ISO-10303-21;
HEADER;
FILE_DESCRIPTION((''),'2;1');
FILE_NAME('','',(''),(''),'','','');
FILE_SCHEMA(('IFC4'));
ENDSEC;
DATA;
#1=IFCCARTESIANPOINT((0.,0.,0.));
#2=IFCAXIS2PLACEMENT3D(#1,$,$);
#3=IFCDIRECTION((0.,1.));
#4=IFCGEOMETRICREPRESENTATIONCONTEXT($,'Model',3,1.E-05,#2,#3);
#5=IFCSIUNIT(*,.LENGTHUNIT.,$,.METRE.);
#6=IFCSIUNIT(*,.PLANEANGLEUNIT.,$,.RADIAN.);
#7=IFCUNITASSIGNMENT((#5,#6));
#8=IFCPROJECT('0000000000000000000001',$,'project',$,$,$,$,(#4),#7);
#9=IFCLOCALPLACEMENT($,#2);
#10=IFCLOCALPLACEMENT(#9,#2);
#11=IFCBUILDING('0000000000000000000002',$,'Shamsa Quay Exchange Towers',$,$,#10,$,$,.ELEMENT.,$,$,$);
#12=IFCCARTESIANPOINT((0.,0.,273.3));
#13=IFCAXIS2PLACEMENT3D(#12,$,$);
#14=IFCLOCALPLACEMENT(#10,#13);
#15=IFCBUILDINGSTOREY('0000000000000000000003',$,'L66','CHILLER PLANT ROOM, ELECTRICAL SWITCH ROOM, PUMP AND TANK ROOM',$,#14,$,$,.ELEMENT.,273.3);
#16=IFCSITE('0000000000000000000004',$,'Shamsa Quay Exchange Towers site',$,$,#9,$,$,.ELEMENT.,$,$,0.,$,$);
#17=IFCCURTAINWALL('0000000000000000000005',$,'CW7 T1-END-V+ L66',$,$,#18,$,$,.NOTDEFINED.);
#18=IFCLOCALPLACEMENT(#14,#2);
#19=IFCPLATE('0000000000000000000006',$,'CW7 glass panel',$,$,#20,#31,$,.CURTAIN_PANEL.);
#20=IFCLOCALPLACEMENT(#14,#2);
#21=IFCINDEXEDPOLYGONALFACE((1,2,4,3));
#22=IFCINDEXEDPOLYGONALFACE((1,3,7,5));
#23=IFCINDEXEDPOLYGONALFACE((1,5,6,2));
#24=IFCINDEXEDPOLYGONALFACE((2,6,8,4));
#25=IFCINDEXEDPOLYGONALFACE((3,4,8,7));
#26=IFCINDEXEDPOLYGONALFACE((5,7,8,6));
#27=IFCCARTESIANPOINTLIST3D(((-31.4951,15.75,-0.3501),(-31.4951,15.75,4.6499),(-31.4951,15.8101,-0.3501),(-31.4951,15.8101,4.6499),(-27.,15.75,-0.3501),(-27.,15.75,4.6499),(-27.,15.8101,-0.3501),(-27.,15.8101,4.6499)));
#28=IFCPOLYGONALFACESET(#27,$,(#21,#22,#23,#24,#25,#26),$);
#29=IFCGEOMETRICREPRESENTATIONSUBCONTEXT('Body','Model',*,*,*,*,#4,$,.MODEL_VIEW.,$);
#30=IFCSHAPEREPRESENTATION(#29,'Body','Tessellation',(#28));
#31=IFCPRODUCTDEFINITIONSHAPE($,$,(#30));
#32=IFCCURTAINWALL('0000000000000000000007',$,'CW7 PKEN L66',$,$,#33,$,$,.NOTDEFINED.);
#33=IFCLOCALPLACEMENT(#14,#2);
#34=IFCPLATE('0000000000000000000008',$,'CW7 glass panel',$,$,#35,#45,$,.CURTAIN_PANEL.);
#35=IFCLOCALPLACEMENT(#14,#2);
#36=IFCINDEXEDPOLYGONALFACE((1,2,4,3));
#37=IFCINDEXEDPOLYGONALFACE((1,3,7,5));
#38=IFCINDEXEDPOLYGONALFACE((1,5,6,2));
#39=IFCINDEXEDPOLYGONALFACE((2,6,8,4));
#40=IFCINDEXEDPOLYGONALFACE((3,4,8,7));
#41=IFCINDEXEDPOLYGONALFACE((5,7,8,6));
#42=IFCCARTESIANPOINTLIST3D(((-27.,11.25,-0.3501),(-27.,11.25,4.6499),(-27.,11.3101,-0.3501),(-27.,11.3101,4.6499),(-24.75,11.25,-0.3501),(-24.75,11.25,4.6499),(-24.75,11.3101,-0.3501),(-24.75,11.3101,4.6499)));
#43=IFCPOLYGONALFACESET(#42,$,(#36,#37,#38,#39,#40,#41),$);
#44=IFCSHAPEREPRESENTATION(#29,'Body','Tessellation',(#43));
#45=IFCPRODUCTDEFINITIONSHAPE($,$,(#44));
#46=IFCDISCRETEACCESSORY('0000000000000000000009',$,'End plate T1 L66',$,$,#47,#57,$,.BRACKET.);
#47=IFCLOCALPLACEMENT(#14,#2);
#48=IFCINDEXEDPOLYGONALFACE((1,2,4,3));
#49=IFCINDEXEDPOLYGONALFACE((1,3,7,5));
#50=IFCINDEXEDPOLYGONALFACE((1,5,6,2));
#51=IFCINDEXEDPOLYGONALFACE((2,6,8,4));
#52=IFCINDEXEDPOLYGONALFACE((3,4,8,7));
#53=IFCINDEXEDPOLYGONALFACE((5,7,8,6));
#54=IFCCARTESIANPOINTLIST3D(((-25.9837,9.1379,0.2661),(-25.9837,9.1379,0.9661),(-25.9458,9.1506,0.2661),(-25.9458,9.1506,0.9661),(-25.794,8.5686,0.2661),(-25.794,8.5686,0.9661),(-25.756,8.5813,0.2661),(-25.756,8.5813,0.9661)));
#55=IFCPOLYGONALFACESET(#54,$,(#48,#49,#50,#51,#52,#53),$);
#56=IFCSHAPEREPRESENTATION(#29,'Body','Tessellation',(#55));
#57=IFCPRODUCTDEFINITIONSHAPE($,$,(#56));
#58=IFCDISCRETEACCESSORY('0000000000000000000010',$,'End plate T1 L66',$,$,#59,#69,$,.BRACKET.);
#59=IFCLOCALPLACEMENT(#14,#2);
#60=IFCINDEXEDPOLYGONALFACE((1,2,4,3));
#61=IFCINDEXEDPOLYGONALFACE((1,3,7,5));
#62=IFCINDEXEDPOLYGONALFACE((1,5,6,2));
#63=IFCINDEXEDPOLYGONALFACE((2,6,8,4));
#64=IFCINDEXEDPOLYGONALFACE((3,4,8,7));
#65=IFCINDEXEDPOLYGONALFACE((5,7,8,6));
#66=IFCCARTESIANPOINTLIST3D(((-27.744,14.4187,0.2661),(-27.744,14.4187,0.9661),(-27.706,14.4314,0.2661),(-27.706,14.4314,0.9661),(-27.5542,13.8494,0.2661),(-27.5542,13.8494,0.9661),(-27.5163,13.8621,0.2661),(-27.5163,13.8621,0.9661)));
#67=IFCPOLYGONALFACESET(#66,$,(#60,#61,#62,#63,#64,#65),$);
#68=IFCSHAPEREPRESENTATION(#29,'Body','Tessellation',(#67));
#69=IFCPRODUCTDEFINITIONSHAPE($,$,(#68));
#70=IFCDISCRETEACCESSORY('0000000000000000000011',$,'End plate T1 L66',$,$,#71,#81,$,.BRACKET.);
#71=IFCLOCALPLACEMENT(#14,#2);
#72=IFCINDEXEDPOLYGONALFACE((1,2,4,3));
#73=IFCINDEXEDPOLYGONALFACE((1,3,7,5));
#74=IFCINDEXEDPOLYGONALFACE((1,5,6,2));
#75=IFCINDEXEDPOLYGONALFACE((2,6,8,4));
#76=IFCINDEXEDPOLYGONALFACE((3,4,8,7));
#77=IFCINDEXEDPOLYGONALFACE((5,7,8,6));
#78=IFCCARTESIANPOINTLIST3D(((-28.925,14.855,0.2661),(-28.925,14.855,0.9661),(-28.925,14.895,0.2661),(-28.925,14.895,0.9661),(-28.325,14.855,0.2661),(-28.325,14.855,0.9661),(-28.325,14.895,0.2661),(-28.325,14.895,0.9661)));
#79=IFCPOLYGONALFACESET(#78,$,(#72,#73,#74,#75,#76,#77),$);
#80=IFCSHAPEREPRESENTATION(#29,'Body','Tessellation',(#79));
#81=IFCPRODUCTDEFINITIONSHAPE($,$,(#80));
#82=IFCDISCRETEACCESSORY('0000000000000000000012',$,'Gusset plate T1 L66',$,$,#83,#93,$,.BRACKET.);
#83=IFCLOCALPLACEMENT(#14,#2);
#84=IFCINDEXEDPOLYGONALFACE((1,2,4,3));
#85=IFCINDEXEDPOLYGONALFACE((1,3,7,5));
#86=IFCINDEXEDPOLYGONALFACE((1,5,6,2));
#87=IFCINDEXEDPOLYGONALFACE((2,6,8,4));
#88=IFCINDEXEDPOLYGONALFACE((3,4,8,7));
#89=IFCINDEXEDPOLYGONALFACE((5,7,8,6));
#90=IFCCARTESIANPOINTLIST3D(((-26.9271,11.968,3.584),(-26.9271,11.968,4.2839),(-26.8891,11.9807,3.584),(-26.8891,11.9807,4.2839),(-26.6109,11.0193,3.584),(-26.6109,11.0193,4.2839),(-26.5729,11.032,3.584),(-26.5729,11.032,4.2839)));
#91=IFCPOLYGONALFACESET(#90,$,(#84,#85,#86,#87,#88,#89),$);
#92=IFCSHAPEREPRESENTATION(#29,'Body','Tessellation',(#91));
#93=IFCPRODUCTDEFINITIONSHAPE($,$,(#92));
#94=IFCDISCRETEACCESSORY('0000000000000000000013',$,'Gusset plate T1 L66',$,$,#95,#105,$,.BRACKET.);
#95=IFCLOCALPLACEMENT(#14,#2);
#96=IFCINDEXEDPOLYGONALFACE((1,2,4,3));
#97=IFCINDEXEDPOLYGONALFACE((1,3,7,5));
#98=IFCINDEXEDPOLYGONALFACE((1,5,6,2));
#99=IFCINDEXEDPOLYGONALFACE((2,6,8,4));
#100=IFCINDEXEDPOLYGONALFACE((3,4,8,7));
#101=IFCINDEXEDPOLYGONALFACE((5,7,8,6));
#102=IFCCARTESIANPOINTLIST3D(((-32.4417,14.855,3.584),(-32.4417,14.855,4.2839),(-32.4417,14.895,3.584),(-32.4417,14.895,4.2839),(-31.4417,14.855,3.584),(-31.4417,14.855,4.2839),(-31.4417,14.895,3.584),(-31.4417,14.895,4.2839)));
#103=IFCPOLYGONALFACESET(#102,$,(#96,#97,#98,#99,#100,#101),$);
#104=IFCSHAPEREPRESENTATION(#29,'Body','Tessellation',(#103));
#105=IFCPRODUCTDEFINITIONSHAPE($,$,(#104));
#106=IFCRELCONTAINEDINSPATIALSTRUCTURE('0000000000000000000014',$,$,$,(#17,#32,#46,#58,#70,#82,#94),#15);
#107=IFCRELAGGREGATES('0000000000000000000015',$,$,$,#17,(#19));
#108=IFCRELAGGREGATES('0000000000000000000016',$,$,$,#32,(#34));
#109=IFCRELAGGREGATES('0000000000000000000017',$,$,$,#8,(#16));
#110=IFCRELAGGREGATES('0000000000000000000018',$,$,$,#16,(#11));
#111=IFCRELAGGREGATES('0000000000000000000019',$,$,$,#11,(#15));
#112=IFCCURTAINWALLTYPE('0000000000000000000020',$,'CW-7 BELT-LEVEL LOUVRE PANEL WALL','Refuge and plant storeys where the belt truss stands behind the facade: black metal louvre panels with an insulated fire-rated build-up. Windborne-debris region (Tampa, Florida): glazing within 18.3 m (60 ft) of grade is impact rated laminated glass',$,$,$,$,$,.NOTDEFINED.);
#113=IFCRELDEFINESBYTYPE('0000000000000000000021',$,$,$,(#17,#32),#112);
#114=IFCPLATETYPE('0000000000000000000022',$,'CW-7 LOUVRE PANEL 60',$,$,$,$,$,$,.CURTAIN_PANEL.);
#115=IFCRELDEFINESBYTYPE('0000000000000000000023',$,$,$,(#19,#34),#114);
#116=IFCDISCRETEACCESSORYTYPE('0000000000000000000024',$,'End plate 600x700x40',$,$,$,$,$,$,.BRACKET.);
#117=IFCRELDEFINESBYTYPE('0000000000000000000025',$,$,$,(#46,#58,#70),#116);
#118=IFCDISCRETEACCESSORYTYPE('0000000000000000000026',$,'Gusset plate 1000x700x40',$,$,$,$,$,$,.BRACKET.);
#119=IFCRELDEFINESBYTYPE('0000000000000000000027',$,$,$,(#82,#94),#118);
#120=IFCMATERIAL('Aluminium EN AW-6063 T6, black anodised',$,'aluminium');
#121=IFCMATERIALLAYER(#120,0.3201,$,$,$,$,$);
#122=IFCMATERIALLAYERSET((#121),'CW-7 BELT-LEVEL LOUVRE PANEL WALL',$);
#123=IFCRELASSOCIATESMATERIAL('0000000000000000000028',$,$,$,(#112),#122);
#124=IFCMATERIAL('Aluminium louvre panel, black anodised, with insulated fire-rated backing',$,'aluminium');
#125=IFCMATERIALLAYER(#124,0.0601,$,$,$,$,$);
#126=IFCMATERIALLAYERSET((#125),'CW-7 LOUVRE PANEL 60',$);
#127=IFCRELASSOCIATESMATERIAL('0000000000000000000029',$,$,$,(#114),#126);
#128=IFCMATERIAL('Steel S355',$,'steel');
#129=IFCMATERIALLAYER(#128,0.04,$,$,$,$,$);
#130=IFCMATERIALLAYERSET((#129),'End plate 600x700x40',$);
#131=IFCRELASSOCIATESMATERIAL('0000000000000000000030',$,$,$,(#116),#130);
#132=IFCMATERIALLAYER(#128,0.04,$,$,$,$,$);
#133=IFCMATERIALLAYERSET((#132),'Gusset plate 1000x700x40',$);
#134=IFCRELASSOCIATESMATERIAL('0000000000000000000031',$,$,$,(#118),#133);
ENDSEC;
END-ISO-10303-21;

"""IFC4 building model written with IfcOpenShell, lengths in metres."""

from ifc_helpers import new_model, si_unit, direction, frame, origin, origin_2d, place, context, subcontext, project, spatial, rectangle, extrude, material, layer, layer_set, type_object, element, aggregate, save


model = new_model("IFC4")

# Units and contexts
model_context = context("Model", 3, precision=1e-05, world=origin(), true_north=direction((0.0, 1.0)))
body_context = subcontext(model_context, "Body", "Model", "MODEL_VIEW")
ifc_project = project(units=[si_unit("LENGTHUNIT", "METRE"), si_unit("PLANEANGLEUNIT", "RADIAN")], contexts=[model_context])

# Site, building, storey
site_placement = place(None, origin())
site = spatial("IfcSite", under=ifc_project, at=site_placement, Name="Shamsa Quay Exchange Towers site", CompositionType="ELEMENT", RefElevation=0.0)
building_placement = place(site_placement, origin())
building = spatial("IfcBuilding", under=site, at=building_placement, Name="Shamsa Quay Exchange Towers", CompositionType="ELEMENT")
storey_placement = place(building_placement, frame((0.0, 0.0, 273.3)))
storey = spatial("IfcBuildingStorey", under=building, at=storey_placement, Name="L66", Description="CHILLER PLANT ROOM, ELECTRICAL SWITCH ROOM, PUMP AND TANK ROOM", CompositionType="ELEMENT", Elevation=273.3)

# Shared definitions
ifc_material_1 = material(Name="Steel S355", Category="steel")

# Curtain walls, plates
ifc_material_2 = material(Name="Aluminium EN AW-6063 T6, black anodised", Category="aluminium")
ifc_layer_1 = layer(ifc_material_2, 0.3201)
ifc_layer_set_1 = layer_set([ifc_layer_1], Name="CW-7 BELT-LEVEL LOUVRE PANEL WALL")
curtain_wall_type = type_object("IfcCurtainWallType", Name="CW-7 BELT-LEVEL LOUVRE PANEL WALL", Description="Refuge and plant storeys where the belt truss stands behind the facade: black metal louvre panels with an insulated fire-rated build-up. Windborne-debris region (Tampa, Florida): glazing within 18.3 m (60 ft) of grade is impact rated laminated glass", PredefinedType="NOTDEFINED", material=ifc_layer_set_1)
ifc_material_3 = material(Name="Aluminium louvre panel, black anodised, with insulated fire-rated backing", Category="aluminium")
ifc_layer_2 = layer(ifc_material_3, 0.0601)
ifc_layer_set_2 = layer_set([ifc_layer_2], Name="CW-7 LOUVRE PANEL 60")
plate_type = type_object("IfcPlateType", Name="CW-7 LOUVRE PANEL 60", PredefinedType="CURTAIN_PANEL", material=ifc_layer_set_2)
curtain_wall_1_placement = place(storey_placement, origin())
curtain_wall_1 = element("IfcCurtainWall", 1, at=curtain_wall_1_placement, inside=storey, type_object=curtain_wall_type, Name="CW7 T1-END-V+ L66", PredefinedType="NOTDEFINED")
plate_1_placement = place(storey_placement, frame((-29.2476, 15.78, -0.3501), z_axis=(0.0, 0.0, 1.0), x_axis=(-1.0, 0.0, 0.0)))
plate_1 = element("IfcPlate", 2, at=plate_1_placement, type_object=plate_type, Name="CW7 glass panel", PredefinedType="CURTAIN_PANEL", context=body_context, shape_type="SweptSolid", body=[
    extrude(rectangle(XDim=4.4951, YDim=0.0601, at=origin_2d()), origin(), (0.0, 0.0, 1.0), 5.0),
])
aggregate(curtain_wall_1, [plate_1])
curtain_wall_2_placement = place(storey_placement, origin())
curtain_wall_2 = element("IfcCurtainWall", 3, at=curtain_wall_2_placement, inside=storey, type_object=curtain_wall_type, Name="CW7 PKEN L66", PredefinedType="NOTDEFINED")
plate_2_placement = place(storey_placement, frame((-25.875, 11.28, -0.3501), z_axis=(0.0, 0.0, 1.0), x_axis=(-1.0, 0.0, 0.0)))
plate_2 = element("IfcPlate", 4, at=plate_2_placement, type_object=plate_type, Name="CW7 glass panel", PredefinedType="CURTAIN_PANEL", context=body_context, shape_type="SweptSolid", body=[
    extrude(rectangle(XDim=2.25, YDim=0.0601, at=origin_2d()), origin(), (0.0, 0.0, 1.0), 5.0),
])
aggregate(curtain_wall_2, [plate_2])

# Discrete accessories
ifc_layer_3 = layer(ifc_material_1, 0.04)
ifc_layer_set_3 = layer_set([ifc_layer_3], Name="End plate 600x700x40")
discrete_accessory_type_1 = type_object("IfcDiscreteAccessoryType", Name="End plate 600x700x40", PredefinedType="BRACKET", material=ifc_layer_set_3)
for number, where, z_axis, x_axis, name in (
    (5, (-25.8699, 8.8596, 0.2661), (0.0, 0.0, 1.0), (-0.316228, 0.948683, 0.0), "End plate T1 L66"),
    (6, (-27.6301, 14.1404, 0.2661), (0.0, 0.0, 1.0), (-0.316228, 0.948683, 0.0), "End plate T1 L66"),
    (7, (-28.625, 14.875, 0.2661), (0.0, 0.0, 1.0), (-1.0, 0.0, 0.0), "End plate T1 L66"),
):
    element("IfcDiscreteAccessory", number, at=place(storey_placement, frame(where, z_axis=z_axis, x_axis=x_axis)), inside=storey, type_object=discrete_accessory_type_1, Name=name, PredefinedType="BRACKET", context=body_context, shape_type="SweptSolid", body=[
        extrude(rectangle(XDim=0.6001, YDim=0.04, at=origin_2d()), origin(), (0.0, 0.0, 1.0), 0.7),
    ])
ifc_layer_4 = layer(ifc_material_1, 0.04)
ifc_layer_set_4 = layer_set([ifc_layer_4], Name="Gusset plate 1000x700x40")
discrete_accessory_type_2 = type_object("IfcDiscreteAccessoryType", Name="Gusset plate 1000x700x40", PredefinedType="BRACKET", material=ifc_layer_set_4)
for number, where, z_axis, x_axis, name in (
    (8, (-26.75, 11.5, 3.584), (0.0, 0.0, 1.0), (-0.316228, 0.948683, 0.0), "Gusset plate T1 L66"),
    (9, (-31.9417, 14.875, 3.584), (0.0, 0.0, 1.0), (-1.0, 0.0, 0.0), "Gusset plate T1 L66"),
):
    element("IfcDiscreteAccessory", number, at=place(storey_placement, frame(where, z_axis=z_axis, x_axis=x_axis)), inside=storey, type_object=discrete_accessory_type_2, Name=name, PredefinedType="BRACKET", context=body_context, shape_type="SweptSolid", body=[
        extrude(rectangle(XDim=1.0, YDim=0.04, at=origin_2d()), origin(), (0.0, 0.0, 1.0), 0.7),
    ])

save(model, "model.ifc")
